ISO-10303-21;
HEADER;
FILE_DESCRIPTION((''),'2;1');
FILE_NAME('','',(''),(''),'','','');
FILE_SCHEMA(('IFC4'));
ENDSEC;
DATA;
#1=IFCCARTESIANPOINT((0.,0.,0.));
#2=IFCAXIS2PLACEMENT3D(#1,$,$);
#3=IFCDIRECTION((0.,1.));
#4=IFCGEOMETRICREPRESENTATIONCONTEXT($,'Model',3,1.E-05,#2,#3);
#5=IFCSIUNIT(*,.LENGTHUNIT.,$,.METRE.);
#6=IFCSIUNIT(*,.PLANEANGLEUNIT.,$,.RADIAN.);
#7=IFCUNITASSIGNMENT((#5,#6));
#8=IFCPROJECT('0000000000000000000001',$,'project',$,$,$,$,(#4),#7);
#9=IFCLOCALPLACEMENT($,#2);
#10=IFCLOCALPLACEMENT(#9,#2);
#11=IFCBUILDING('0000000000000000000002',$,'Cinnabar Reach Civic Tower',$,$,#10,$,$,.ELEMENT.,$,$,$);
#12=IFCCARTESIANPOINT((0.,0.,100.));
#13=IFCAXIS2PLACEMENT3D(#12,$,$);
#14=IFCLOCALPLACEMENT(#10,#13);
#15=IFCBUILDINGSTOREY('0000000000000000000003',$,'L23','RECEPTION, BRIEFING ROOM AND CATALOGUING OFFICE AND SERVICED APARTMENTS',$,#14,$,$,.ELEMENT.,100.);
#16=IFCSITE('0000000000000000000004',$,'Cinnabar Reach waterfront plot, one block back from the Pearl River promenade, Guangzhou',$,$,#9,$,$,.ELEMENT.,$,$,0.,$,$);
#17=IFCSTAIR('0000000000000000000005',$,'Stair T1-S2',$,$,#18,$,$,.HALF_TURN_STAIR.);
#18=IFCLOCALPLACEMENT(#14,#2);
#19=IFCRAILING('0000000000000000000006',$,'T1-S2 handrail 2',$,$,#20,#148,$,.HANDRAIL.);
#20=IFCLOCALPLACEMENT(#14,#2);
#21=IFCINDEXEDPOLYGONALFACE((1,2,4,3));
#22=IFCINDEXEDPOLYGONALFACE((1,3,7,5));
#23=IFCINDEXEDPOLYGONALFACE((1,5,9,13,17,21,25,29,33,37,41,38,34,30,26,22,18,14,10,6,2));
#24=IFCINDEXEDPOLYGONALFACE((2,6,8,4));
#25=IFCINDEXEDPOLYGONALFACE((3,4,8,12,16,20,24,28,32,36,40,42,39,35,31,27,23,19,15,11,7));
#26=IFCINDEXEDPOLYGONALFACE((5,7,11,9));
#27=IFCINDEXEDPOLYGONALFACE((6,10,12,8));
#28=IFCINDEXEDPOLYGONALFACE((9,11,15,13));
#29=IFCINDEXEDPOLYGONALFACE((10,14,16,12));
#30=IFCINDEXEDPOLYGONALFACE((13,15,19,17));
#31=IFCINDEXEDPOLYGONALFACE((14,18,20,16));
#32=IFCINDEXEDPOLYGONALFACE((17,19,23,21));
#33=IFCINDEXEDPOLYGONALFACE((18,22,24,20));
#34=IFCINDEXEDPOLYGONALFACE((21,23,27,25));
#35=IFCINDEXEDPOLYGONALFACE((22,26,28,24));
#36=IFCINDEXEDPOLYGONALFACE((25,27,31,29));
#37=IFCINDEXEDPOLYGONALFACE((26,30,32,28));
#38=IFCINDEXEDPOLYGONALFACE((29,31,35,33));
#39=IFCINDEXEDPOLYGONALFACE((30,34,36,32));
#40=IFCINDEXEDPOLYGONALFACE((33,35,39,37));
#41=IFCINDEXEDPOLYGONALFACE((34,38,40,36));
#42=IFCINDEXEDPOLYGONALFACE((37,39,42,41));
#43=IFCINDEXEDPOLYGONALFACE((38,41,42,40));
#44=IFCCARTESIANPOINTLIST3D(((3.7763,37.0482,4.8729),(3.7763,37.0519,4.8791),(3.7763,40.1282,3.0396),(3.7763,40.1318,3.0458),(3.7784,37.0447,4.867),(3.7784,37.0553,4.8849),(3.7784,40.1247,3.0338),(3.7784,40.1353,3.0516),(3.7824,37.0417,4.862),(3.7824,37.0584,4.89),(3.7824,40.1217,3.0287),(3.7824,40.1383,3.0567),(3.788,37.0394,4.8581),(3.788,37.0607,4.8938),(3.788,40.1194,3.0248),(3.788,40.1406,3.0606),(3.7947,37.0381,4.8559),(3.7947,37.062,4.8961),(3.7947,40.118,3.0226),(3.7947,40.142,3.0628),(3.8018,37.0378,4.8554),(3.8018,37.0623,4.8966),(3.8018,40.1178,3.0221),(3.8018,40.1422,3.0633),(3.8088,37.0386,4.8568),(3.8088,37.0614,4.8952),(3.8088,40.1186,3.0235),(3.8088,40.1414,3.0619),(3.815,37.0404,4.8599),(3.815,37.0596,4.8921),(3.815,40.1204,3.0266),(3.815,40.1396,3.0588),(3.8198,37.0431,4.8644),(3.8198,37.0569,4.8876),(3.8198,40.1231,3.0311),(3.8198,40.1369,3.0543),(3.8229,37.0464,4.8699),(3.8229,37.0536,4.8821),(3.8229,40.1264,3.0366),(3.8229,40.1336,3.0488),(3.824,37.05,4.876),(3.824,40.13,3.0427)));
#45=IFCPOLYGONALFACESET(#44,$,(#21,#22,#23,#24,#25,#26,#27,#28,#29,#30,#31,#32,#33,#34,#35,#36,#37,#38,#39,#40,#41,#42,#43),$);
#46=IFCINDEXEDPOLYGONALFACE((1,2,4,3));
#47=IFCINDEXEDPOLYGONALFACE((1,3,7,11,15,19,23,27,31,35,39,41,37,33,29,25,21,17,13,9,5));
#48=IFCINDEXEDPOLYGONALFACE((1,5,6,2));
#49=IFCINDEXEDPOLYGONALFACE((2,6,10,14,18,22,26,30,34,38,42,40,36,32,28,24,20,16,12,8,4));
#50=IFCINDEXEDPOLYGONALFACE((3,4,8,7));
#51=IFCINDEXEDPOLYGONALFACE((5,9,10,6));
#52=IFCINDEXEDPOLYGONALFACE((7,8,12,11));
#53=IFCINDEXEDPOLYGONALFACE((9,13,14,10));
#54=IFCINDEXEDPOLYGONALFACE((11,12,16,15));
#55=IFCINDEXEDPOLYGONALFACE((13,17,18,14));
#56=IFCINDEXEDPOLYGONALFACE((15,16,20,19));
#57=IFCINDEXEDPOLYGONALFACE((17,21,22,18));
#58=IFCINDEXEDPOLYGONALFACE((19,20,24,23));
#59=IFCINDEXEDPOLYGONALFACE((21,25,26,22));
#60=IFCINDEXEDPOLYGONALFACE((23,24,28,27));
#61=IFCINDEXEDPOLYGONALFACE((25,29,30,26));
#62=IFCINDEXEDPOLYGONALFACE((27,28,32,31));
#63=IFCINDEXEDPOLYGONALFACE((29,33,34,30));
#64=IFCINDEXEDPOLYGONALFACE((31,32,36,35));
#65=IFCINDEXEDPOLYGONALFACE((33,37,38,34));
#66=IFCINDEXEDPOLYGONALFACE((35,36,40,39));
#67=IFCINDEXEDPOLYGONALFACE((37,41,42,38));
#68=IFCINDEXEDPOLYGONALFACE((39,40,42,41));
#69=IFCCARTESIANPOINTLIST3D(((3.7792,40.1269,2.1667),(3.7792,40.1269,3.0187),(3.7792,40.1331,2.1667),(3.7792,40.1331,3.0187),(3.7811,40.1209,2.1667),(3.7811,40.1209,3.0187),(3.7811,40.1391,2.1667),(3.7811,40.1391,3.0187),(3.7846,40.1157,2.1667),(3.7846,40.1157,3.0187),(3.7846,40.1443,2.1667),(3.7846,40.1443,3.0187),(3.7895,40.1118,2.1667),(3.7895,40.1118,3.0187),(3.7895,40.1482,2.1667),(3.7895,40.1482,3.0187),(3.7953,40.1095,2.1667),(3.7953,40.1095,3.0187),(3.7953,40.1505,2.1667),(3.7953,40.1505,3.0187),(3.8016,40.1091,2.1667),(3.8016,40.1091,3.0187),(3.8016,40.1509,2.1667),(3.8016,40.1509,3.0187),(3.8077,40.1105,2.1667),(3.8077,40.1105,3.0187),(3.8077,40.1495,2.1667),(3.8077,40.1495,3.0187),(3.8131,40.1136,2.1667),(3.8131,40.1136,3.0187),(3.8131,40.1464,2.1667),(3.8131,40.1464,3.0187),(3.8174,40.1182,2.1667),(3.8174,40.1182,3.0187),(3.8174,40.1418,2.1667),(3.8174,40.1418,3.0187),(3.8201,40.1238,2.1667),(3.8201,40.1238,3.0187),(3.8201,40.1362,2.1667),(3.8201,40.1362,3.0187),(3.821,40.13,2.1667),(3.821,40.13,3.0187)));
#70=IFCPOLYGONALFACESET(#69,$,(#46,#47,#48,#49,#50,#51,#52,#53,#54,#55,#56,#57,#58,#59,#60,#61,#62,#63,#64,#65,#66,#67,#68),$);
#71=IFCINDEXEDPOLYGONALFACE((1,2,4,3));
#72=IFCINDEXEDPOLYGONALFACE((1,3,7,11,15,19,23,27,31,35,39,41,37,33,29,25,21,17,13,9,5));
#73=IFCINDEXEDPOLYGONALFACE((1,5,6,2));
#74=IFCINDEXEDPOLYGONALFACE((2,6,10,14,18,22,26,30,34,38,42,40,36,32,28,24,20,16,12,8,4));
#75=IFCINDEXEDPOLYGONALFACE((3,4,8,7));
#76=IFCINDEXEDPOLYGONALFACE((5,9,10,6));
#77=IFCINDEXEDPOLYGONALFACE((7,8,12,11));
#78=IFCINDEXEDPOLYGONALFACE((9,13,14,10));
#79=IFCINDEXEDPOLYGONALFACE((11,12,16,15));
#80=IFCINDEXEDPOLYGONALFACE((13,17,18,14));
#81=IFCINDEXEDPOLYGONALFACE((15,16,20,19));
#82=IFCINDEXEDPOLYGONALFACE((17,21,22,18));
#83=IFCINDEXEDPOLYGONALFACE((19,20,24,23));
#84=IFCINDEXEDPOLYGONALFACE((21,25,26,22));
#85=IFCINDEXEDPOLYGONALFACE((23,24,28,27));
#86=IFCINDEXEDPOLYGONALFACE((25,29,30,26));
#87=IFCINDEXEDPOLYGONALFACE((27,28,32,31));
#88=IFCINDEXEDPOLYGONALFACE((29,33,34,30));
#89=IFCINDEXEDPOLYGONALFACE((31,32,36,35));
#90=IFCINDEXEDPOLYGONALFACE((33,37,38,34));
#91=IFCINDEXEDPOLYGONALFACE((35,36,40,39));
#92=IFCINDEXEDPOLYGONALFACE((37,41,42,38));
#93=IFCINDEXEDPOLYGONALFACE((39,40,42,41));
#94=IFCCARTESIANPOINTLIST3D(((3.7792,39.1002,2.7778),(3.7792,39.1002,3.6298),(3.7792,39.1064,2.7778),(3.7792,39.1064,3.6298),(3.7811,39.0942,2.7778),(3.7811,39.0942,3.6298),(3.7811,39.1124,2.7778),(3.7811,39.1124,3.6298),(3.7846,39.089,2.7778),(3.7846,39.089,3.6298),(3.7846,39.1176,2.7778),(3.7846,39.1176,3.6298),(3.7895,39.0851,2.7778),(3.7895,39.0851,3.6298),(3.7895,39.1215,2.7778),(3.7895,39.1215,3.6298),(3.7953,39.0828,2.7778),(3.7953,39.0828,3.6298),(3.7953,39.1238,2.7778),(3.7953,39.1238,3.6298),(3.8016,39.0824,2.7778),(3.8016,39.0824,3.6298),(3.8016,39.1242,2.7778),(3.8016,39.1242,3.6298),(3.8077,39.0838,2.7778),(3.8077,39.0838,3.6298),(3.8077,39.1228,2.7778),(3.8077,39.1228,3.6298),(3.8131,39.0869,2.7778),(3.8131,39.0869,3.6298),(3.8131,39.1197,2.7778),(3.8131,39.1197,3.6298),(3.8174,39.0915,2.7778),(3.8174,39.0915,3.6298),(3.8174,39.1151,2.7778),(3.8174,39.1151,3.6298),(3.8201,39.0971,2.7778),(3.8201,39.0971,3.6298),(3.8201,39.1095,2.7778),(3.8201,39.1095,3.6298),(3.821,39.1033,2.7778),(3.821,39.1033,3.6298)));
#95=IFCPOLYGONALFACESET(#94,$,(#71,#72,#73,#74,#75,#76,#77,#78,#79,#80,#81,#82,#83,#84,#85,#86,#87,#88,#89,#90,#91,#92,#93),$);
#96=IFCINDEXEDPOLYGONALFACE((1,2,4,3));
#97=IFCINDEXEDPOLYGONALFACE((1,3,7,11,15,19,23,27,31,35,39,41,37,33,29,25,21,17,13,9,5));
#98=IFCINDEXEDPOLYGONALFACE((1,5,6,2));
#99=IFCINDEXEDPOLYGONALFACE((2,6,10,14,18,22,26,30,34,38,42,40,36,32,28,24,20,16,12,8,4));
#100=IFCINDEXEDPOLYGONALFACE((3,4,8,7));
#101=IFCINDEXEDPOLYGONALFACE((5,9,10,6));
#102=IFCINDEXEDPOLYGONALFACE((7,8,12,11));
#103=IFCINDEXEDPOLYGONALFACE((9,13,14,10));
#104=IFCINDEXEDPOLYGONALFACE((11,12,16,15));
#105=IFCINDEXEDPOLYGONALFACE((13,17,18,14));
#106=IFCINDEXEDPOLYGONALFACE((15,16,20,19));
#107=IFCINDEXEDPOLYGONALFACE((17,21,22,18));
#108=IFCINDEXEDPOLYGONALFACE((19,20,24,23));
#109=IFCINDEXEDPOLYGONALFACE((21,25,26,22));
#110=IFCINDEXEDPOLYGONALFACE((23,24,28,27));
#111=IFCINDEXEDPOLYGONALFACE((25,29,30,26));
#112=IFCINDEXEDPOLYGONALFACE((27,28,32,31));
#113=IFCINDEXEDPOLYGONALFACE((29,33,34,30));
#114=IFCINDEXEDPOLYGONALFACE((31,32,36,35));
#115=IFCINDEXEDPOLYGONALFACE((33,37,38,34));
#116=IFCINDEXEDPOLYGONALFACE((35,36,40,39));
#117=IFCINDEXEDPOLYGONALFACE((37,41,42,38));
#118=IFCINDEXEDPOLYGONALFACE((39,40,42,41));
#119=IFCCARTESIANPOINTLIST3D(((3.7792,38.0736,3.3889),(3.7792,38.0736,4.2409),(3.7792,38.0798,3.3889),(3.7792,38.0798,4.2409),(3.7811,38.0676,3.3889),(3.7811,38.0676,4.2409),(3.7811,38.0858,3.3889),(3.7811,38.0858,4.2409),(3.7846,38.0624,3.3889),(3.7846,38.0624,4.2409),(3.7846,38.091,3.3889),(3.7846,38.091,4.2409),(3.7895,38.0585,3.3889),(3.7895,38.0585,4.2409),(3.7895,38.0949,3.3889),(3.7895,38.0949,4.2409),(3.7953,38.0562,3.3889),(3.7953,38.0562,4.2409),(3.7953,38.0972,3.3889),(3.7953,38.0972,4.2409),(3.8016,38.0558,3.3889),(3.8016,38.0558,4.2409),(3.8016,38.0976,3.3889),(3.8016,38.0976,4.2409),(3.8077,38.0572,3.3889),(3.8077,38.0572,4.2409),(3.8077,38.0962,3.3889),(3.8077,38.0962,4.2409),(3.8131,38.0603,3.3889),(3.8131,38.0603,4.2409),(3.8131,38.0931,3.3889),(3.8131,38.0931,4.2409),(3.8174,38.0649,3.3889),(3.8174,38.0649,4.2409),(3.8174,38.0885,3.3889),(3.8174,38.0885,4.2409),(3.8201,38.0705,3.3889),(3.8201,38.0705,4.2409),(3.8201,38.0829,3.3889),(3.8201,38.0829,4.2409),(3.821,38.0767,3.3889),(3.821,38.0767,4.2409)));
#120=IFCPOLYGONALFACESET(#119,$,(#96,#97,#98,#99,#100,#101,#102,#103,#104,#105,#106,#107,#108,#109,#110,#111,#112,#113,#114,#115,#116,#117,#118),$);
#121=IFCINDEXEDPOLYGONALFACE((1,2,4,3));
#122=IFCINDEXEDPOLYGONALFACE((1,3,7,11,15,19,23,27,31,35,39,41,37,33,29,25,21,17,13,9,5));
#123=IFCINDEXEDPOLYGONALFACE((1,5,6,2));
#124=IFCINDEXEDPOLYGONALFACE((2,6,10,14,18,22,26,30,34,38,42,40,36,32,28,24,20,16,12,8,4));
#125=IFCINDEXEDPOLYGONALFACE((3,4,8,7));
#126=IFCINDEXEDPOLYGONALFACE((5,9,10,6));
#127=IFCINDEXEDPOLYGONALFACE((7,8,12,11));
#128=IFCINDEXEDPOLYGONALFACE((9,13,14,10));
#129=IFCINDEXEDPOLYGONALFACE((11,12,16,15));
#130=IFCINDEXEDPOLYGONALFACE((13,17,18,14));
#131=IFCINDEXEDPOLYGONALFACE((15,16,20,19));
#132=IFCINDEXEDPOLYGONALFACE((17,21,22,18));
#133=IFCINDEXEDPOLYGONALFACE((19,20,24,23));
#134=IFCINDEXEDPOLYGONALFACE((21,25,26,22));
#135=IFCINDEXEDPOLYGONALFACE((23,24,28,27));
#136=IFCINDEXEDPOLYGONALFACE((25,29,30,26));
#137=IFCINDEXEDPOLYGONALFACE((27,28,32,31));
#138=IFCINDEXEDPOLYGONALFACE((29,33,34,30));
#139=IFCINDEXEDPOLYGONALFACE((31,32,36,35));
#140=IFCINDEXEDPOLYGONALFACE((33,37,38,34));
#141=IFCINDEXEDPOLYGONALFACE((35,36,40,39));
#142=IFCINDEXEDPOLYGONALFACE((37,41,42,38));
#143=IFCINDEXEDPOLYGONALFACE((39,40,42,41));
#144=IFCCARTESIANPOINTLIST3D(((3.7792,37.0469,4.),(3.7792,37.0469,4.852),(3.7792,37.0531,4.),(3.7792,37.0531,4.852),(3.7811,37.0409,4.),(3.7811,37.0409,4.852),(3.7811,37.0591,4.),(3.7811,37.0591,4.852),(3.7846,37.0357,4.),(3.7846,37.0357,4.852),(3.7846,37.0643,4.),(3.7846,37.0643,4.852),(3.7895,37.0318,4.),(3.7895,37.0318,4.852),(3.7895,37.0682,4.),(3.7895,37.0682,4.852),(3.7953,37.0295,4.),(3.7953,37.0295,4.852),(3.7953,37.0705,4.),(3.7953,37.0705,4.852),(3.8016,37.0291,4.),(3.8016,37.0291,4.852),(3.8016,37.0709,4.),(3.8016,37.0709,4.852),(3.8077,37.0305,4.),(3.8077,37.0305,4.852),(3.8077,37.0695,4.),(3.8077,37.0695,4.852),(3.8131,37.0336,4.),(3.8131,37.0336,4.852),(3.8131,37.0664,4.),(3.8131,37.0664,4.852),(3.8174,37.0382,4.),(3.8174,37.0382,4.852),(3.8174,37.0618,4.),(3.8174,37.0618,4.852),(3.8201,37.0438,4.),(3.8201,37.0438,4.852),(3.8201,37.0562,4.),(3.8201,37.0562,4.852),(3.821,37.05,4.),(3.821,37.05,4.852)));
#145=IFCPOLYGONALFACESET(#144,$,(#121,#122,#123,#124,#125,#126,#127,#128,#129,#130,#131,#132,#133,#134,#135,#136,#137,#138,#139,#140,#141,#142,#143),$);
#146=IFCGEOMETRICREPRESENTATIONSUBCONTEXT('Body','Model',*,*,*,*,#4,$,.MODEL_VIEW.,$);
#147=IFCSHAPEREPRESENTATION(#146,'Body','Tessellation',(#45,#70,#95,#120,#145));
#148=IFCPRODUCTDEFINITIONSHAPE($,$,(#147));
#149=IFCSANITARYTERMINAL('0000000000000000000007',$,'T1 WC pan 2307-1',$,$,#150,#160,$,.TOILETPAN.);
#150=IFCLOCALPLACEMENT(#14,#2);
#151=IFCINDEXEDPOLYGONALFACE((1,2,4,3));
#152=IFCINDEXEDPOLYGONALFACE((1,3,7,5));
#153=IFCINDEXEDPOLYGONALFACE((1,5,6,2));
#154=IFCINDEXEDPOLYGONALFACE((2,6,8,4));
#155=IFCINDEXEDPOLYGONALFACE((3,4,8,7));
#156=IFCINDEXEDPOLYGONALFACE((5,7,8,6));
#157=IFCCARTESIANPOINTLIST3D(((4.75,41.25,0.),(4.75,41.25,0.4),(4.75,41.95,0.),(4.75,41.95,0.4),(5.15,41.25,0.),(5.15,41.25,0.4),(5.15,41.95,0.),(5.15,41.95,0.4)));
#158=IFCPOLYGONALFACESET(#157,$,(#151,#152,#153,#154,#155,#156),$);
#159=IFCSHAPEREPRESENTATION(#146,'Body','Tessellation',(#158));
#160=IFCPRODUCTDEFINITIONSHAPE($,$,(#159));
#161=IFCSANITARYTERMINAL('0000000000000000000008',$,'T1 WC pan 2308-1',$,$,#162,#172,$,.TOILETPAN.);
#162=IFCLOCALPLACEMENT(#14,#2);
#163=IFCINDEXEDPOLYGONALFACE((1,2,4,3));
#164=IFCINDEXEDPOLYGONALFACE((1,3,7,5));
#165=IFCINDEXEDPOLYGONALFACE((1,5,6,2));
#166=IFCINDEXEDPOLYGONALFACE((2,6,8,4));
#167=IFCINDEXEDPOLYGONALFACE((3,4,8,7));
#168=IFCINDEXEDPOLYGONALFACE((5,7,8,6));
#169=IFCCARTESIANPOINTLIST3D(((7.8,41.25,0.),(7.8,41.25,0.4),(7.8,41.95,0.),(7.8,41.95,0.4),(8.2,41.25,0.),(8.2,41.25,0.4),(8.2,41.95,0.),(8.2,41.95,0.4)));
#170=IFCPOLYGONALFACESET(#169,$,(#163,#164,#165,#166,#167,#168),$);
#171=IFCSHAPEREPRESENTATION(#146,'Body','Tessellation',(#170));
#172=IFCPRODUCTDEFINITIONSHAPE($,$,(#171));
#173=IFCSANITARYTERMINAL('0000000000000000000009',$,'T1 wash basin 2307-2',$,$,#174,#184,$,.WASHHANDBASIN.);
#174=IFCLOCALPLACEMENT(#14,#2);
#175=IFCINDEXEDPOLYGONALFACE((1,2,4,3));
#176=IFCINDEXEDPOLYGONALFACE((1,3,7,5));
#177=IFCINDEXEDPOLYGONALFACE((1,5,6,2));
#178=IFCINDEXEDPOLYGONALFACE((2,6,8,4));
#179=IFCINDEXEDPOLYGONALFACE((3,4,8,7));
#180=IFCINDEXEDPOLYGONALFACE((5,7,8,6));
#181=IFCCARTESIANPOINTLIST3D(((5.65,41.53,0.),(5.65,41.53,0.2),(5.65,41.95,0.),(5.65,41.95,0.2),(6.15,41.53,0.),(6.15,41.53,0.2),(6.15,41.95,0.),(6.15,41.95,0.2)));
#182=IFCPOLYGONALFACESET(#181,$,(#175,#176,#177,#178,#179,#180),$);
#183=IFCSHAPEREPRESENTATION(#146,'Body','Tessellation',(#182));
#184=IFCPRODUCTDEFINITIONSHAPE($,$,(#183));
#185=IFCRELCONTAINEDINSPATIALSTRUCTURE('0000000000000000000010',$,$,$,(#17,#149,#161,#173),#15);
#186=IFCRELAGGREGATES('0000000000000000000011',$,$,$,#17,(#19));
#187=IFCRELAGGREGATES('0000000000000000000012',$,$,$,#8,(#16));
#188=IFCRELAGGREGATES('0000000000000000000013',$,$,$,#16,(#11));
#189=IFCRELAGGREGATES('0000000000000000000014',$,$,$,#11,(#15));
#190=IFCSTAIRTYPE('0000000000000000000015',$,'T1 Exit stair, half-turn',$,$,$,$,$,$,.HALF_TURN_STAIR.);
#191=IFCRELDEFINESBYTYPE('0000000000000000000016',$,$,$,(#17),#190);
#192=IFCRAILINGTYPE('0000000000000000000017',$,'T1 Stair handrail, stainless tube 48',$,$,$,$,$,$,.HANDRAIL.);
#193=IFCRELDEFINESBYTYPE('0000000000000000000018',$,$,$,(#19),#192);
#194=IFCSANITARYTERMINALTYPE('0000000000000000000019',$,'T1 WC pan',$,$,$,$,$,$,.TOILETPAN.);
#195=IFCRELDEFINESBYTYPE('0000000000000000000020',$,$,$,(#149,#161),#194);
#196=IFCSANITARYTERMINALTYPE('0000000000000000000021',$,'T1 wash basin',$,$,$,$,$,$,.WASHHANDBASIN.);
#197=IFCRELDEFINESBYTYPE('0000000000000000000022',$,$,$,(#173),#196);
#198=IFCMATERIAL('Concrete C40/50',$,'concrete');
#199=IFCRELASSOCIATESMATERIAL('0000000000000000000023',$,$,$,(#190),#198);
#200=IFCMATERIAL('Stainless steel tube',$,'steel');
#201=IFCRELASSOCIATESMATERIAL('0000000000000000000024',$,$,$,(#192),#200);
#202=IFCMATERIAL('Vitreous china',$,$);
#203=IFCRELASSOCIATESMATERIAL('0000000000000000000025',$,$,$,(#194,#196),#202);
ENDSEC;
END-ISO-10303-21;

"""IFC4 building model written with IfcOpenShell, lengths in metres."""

from ifc_helpers import new_model, si_unit, direction, frame, origin, origin_2d, place, context, subcontext, project, spatial, rectangle, circle, extrude, material, type_object, element, aggregate, save


model = new_model("IFC4")

# Units and contexts
model_context = context("Model", 3, precision=1e-05, world=origin(), true_north=direction((0.0, 1.0)))
body_context = subcontext(model_context, "Body", "Model", "MODEL_VIEW")
ifc_project = project(units=[si_unit("LENGTHUNIT", "METRE"), si_unit("PLANEANGLEUNIT", "RADIAN")], contexts=[model_context])

# Site, building, storey
site_placement = place(None, origin())
site = spatial("IfcSite", under=ifc_project, at=site_placement, Name="Cinnabar Reach waterfront plot, one block back from the Pearl River promenade, Guangzhou", CompositionType="ELEMENT", RefElevation=0.0)
building_placement = place(site_placement, origin())
building = spatial("IfcBuilding", under=site, at=building_placement, Name="Cinnabar Reach Civic Tower", CompositionType="ELEMENT")
storey_placement = place(building_placement, frame((0.0, 0.0, 100.0)))
storey = spatial("IfcBuildingStorey", under=building, at=storey_placement, Name="L23", Description="RECEPTION, BRIEFING ROOM AND CATALOGUING OFFICE AND SERVICED APARTMENTS", CompositionType="ELEMENT", Elevation=100.0)

# Stair, railing
ifc_material_1 = material(Name="Concrete C40/50", Category="concrete")
stair_type = type_object("IfcStairType", Name="T1 Exit stair, half-turn", PredefinedType="HALF_TURN_STAIR", material=ifc_material_1)
stair_placement = place(storey_placement, origin())
stair = element("IfcStair", 1, at=stair_placement, inside=storey, type_object=stair_type, Name="Stair T1-S2", PredefinedType="HALF_TURN_STAIR")
ifc_material_2 = material(Name="Stainless steel tube", Category="steel")
railing_type = type_object("IfcRailingType", Name="T1 Stair handrail, stainless tube 48", PredefinedType="HANDRAIL", material=ifc_material_2)
railing_placement = place(storey_placement, frame((3.8, 40.13, 2.1667)))
railing = element("IfcRailing", 2, at=railing_placement, type_object=railing_type, Name="T1-S2 handrail 2", PredefinedType="HANDRAIL", context=body_context, shape_type="SweptSolid", body=[
    extrude(circle(Radius=0.024, at=origin_2d()), frame((0.0, 0.0, 0.876), z_axis=(0.0, -0.859297, 0.511477), x_axis=(1.0, 0.0, 0.0)), (0.0, 0.0, 1.0), 3.5843),
    extrude(circle(Radius=0.021, at=origin_2d()), origin(), (0.0, 0.0, 1.0), 0.852),
    extrude(circle(Radius=0.021, at=origin_2d()), frame((0.0, -1.0267, 0.6111)), (0.0, 0.0, 1.0), 0.852),
    extrude(circle(Radius=0.021, at=origin_2d()), frame((0.0, -2.0533, 1.2222)), (0.0, 0.0, 1.0), 0.852),
    extrude(circle(Radius=0.021, at=origin_2d()), frame((0.0, -3.08, 1.8333)), (0.0, 0.0, 1.0), 0.852),
])
aggregate(stair, [railing])

# Sanitary terminals
ifc_material_3 = material(Name="Vitreous china")
sanitary_terminal_type_1 = type_object("IfcSanitaryTerminalType", Name="T1 WC pan", PredefinedType="TOILETPAN", material=ifc_material_3)
for number, where, z_axis, x_axis, name in (
    (3, (4.95, 41.6, 0.0), (0.0, 0.0, 1.0), (1.0, 0.0, 0.0), "T1 WC pan 2307-1"),
    (4, (8.0, 41.6, 0.0), (0.0, 0.0, 1.0), (1.0, 0.0, 0.0), "T1 WC pan 2308-1"),
):
    element("IfcSanitaryTerminal", number, at=place(storey_placement, frame(where, z_axis=z_axis, x_axis=x_axis)), inside=storey, type_object=sanitary_terminal_type_1, Name=name, PredefinedType="TOILETPAN", context=body_context, shape_type="SweptSolid", body=[
        extrude(rectangle(XDim=0.4, YDim=0.7, at=origin_2d()), origin(), (0.0, 0.0, 1.0), 0.4),
    ])
sanitary_terminal_type_2 = type_object("IfcSanitaryTerminalType", Name="T1 wash basin", PredefinedType="WASHHANDBASIN", material=ifc_material_3)
sanitary_terminal_placement = place(storey_placement, frame((5.9, 41.74, 0.0), z_axis=(0.0, 0.0, 1.0), x_axis=(1.0, 0.0, 0.0)))
element("IfcSanitaryTerminal", 5, at=sanitary_terminal_placement, inside=storey, type_object=sanitary_terminal_type_2, Name="T1 wash basin 2307-2", PredefinedType="WASHHANDBASIN", context=body_context, shape_type="SweptSolid", body=[
    extrude(rectangle(XDim=0.5, YDim=0.42, at=origin_2d()), origin(), (0.0, 0.0, 1.0), 0.2),
])

save(model, "model.ifc")
